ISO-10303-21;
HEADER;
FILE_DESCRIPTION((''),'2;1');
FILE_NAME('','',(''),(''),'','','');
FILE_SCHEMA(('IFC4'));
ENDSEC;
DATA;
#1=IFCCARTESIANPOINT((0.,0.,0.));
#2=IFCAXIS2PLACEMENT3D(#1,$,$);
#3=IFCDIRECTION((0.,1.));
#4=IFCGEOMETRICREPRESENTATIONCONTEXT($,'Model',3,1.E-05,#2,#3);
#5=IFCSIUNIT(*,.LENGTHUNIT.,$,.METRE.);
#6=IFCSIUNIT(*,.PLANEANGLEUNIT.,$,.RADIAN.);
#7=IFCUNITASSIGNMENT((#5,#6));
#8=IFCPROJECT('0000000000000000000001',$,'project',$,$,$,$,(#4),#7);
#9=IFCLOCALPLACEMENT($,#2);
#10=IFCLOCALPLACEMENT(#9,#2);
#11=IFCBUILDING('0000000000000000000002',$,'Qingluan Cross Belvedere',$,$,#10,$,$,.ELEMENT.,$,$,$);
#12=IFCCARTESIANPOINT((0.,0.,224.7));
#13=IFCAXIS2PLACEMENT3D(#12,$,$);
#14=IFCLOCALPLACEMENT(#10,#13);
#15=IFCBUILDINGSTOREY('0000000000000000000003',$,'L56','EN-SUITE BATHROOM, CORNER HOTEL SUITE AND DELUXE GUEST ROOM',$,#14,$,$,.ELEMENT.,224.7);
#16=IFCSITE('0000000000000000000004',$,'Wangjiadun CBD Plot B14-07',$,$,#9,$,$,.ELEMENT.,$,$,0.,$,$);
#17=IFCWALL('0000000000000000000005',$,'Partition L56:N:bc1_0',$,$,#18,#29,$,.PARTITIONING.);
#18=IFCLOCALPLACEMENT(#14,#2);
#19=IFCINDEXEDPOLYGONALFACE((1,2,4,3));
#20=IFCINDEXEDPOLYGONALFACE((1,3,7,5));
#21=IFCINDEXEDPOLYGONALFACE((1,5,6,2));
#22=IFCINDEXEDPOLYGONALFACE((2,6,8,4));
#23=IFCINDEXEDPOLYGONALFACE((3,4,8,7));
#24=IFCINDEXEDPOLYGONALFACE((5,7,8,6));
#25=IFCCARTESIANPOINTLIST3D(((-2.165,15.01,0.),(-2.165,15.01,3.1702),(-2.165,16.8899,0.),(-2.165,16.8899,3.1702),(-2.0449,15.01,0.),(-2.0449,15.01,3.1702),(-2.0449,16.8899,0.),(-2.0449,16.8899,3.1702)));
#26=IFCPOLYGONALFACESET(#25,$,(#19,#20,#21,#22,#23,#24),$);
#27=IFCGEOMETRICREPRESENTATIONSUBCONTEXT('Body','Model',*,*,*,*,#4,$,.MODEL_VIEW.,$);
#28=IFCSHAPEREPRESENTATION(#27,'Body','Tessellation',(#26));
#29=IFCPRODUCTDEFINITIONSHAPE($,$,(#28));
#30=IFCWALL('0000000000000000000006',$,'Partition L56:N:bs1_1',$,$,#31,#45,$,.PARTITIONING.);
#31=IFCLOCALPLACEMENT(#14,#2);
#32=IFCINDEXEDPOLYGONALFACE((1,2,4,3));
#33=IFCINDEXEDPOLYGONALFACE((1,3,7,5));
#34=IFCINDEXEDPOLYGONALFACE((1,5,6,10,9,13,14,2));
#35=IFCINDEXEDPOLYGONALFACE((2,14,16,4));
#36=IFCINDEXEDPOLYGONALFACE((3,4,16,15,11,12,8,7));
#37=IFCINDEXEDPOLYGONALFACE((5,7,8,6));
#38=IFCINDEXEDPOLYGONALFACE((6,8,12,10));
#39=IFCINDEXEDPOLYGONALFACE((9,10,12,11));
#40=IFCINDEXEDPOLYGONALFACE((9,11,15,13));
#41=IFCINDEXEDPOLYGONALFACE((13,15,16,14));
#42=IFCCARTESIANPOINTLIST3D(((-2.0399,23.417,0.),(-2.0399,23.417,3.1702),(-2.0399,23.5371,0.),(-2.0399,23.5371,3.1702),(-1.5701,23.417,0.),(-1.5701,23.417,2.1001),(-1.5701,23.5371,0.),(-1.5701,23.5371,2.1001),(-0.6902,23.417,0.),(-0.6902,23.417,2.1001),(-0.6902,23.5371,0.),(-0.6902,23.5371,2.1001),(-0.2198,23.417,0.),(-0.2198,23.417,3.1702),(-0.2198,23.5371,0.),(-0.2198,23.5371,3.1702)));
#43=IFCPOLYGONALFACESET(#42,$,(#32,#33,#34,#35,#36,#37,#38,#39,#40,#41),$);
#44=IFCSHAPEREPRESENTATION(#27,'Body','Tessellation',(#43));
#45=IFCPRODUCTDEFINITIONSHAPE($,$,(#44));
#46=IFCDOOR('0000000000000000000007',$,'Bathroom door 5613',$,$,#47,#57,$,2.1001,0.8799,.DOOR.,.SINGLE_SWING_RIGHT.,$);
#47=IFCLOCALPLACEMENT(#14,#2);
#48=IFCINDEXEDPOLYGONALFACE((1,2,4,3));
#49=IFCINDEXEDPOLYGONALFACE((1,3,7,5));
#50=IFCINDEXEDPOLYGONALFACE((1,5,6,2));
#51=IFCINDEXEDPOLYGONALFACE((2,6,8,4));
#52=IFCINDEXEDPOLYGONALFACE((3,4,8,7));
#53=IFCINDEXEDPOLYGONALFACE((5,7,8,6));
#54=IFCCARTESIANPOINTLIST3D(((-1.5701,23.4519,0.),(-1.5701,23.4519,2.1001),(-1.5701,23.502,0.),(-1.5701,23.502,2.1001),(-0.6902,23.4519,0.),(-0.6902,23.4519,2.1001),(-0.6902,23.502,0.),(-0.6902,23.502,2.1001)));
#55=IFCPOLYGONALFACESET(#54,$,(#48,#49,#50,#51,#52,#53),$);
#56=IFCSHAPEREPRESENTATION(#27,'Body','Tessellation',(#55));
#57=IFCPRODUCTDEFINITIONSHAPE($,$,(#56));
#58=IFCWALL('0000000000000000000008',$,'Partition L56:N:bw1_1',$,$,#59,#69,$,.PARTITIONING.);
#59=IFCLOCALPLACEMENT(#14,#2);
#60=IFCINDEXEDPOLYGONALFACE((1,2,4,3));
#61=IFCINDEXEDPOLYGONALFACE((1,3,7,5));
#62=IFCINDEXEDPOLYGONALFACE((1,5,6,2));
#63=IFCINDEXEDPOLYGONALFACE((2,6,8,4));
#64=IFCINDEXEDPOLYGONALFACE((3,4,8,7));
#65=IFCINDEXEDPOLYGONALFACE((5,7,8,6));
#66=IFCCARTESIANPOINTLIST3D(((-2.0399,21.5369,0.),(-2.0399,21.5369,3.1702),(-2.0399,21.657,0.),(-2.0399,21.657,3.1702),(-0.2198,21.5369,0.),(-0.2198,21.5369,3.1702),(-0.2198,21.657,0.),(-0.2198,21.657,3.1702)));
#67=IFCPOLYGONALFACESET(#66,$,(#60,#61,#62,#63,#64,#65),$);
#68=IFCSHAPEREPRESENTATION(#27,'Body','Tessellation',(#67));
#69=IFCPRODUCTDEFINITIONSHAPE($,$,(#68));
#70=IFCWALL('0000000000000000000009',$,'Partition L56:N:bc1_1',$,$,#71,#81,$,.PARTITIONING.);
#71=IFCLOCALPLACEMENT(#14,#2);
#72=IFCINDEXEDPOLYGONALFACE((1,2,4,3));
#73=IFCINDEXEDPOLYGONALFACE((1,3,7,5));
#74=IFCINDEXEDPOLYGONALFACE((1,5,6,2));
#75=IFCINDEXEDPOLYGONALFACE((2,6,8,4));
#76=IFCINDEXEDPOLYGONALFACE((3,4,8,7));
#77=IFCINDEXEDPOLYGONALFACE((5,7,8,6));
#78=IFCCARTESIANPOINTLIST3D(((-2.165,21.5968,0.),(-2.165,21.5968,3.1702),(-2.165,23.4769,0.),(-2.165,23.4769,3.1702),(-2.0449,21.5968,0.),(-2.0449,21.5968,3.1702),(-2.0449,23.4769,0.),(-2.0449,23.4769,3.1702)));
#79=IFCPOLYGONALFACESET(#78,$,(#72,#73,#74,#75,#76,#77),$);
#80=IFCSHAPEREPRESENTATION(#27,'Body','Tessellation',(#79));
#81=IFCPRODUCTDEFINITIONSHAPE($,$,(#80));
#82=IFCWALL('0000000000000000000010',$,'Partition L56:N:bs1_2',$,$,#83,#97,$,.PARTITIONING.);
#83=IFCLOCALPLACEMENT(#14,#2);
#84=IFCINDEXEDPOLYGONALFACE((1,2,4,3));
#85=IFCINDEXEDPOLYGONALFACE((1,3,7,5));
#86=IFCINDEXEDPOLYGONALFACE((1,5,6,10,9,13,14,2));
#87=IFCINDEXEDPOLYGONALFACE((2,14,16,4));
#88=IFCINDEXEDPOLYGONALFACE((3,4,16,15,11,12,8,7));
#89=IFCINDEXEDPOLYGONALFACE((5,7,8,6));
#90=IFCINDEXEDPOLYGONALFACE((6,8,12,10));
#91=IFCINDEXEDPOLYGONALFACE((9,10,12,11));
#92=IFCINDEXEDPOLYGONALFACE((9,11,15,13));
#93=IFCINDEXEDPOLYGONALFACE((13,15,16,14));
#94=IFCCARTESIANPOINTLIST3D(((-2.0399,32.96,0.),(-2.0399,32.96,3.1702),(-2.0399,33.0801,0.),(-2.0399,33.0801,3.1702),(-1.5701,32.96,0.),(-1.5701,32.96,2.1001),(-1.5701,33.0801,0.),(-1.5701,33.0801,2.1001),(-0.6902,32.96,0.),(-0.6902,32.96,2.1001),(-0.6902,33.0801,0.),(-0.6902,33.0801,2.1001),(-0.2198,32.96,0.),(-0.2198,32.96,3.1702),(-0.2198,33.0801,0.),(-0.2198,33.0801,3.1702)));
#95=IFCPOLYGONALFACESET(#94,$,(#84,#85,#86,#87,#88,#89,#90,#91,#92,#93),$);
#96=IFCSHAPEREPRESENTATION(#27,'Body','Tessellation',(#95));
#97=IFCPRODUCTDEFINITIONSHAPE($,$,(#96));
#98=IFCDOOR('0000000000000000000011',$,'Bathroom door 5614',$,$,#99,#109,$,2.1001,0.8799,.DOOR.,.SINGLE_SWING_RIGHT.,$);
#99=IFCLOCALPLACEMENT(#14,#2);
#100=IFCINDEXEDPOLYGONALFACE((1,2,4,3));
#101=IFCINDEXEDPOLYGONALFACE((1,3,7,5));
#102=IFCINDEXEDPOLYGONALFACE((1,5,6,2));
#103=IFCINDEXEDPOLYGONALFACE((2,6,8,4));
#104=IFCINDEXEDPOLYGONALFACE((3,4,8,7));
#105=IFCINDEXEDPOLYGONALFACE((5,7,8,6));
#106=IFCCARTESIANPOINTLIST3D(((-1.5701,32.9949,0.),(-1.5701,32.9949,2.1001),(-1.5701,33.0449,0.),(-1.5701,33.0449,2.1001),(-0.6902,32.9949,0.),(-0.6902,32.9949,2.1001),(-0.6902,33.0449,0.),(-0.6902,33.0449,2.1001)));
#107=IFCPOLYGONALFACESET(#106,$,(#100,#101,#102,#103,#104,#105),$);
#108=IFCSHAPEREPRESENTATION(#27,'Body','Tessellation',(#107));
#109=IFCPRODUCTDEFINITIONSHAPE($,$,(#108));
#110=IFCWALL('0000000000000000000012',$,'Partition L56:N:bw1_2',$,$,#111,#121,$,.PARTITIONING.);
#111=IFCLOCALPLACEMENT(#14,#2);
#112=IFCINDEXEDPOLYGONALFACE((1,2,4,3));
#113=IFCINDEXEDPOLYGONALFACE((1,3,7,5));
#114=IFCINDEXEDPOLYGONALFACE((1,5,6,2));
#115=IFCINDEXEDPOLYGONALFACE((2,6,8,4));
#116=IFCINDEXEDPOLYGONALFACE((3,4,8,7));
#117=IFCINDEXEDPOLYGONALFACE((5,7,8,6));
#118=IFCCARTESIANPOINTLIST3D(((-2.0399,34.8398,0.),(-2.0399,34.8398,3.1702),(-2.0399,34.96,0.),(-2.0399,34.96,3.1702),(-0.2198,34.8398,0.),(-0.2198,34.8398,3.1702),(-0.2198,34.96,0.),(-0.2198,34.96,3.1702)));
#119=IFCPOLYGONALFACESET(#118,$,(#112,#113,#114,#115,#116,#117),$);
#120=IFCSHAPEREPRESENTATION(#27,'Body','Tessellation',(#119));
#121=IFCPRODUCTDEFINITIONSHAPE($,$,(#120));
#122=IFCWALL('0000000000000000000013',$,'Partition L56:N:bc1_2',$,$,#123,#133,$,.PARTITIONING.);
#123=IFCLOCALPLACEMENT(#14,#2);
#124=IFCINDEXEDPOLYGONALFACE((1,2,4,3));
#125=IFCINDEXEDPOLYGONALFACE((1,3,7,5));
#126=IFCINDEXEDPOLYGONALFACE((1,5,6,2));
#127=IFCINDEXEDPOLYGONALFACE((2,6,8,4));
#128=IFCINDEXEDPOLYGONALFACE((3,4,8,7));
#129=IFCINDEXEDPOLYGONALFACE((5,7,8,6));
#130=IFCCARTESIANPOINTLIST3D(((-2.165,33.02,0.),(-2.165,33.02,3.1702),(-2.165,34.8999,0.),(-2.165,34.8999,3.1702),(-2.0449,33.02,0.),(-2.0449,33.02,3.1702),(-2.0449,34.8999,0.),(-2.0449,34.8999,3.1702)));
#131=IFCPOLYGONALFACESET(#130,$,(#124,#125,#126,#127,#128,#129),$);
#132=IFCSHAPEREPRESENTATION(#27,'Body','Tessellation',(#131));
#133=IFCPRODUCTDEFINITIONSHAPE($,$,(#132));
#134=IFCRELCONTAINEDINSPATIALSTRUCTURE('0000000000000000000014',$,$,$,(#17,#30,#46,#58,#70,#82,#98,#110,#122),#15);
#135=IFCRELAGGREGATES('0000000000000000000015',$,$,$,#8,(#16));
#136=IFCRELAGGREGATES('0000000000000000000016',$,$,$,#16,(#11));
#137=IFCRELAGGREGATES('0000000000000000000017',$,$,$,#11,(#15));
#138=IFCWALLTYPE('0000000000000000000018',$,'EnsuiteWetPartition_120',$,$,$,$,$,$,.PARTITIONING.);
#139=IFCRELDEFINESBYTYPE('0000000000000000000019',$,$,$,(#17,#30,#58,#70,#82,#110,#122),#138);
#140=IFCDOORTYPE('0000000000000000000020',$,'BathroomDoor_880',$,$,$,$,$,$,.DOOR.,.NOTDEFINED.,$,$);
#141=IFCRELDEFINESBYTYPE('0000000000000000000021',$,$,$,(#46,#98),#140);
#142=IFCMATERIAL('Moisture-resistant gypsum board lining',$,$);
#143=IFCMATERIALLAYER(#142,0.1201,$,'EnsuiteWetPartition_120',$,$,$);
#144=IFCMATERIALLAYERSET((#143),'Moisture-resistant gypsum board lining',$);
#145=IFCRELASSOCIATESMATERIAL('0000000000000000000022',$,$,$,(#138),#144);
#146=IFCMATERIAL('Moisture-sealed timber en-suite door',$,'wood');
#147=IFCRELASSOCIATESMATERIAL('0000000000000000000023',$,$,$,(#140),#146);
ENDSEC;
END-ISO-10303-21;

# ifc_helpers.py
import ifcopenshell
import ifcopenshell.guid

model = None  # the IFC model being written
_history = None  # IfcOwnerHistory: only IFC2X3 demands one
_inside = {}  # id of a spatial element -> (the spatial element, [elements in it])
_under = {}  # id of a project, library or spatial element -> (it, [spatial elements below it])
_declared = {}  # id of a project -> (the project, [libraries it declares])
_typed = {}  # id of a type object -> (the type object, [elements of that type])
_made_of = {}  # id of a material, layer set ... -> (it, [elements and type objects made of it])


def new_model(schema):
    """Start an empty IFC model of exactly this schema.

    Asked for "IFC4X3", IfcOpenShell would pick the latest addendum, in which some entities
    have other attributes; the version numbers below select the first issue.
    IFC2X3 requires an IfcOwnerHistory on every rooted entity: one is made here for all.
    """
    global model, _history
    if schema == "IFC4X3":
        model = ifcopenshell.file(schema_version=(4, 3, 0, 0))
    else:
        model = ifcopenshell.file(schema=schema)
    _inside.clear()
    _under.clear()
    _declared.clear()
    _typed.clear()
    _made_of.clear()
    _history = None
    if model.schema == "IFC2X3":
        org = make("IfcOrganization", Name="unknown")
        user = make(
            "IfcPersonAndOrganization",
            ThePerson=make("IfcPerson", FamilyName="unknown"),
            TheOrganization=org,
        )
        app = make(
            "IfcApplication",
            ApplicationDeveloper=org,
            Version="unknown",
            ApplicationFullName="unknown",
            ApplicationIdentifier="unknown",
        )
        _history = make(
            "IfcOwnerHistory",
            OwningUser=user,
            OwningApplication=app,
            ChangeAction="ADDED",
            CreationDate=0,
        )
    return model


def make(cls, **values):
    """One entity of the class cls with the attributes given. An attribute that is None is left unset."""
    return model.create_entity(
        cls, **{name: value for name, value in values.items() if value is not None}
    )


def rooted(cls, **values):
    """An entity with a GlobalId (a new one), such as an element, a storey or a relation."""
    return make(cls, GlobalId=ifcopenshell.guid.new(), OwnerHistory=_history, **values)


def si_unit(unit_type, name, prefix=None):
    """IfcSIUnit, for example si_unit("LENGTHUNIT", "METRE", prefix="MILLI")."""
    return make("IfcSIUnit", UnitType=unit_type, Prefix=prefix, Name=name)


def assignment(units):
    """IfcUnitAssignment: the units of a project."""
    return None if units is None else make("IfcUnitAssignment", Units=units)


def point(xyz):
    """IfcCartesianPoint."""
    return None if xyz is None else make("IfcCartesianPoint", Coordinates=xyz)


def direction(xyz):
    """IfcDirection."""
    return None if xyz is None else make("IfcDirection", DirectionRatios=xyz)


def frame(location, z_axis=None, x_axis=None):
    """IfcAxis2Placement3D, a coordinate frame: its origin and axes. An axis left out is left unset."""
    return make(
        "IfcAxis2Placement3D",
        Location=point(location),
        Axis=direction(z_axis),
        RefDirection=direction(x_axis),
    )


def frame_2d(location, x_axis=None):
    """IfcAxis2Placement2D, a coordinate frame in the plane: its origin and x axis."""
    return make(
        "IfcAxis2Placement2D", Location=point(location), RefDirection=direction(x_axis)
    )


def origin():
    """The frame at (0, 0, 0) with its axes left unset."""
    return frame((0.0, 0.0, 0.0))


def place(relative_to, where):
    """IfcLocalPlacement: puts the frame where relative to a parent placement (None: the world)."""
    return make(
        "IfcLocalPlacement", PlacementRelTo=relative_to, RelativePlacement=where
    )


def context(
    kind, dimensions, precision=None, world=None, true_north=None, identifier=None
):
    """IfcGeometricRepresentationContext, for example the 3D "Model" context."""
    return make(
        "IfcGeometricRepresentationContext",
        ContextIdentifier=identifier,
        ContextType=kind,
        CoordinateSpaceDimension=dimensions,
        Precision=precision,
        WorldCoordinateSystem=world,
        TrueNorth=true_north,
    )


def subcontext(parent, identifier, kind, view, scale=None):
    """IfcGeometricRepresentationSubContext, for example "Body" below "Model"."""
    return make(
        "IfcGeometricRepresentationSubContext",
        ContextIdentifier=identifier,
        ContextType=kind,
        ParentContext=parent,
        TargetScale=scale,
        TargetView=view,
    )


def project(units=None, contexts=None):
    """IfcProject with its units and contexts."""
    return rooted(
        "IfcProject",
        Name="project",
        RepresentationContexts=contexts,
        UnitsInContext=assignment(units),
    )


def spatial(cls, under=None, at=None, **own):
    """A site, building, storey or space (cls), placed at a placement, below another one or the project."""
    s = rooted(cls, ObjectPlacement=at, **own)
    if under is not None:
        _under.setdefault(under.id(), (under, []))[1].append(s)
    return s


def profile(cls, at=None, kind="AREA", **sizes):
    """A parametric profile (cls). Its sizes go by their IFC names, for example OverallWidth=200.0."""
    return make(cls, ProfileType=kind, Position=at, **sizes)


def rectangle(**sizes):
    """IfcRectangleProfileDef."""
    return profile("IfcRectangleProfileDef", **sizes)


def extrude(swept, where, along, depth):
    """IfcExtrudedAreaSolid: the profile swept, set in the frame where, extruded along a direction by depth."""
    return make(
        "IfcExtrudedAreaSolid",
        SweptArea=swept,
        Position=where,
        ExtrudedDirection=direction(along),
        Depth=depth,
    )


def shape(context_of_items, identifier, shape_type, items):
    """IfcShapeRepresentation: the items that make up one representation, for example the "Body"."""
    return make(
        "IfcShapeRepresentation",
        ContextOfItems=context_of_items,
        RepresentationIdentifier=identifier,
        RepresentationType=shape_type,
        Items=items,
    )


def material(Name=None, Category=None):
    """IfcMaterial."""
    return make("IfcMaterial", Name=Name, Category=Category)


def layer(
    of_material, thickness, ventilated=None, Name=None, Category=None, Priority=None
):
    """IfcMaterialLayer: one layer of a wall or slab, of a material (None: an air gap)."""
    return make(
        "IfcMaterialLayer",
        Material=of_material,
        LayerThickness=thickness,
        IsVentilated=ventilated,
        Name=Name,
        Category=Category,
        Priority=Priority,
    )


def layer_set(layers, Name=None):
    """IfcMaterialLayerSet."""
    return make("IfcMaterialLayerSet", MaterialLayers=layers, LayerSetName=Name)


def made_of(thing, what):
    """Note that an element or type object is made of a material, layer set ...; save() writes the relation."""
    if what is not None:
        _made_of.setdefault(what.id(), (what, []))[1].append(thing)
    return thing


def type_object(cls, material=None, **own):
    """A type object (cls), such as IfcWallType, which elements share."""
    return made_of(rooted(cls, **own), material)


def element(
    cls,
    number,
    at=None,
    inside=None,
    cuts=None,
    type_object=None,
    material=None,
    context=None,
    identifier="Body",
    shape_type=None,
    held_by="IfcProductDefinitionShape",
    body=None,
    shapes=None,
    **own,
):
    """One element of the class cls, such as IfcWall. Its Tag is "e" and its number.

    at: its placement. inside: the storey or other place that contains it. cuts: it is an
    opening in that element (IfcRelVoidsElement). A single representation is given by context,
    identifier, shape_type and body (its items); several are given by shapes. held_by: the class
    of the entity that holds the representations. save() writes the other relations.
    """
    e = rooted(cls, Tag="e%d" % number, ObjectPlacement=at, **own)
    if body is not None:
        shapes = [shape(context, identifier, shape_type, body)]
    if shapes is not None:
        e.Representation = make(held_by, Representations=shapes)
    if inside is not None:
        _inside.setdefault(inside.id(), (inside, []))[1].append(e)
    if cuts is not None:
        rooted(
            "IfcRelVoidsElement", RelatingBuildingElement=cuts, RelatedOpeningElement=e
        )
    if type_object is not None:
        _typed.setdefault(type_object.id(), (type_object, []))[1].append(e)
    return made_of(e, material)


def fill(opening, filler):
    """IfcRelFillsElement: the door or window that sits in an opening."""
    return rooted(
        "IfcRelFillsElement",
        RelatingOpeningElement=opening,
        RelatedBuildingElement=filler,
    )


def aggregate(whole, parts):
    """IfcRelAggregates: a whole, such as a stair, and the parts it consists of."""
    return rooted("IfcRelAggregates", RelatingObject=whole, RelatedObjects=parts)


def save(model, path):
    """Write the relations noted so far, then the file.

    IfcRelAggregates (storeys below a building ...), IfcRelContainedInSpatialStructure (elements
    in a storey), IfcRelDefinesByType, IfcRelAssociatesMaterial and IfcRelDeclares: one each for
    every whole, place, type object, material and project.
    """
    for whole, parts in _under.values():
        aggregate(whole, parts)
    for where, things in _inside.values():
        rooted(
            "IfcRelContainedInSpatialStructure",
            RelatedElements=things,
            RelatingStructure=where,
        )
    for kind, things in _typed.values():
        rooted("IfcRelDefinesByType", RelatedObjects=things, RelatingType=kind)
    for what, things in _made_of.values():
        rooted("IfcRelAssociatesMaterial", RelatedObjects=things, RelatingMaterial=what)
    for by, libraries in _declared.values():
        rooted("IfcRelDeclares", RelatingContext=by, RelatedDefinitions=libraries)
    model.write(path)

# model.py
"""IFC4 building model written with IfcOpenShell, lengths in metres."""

from ifc_helpers import new_model, si_unit, direction, frame, frame_2d, origin, place, context, subcontext, project, spatial, rectangle, extrude, material, layer, layer_set, type_object, element, fill, save


model = new_model("IFC4")

# Units and contexts
model_context = context("Model", 3, precision=1e-05, world=origin(), true_north=direction((0.0, 1.0)))
body_context = subcontext(model_context, "Body", "Model", "MODEL_VIEW")
ifc_project = project(units=[si_unit("LENGTHUNIT", "METRE"), si_unit("PLANEANGLEUNIT", "RADIAN")], contexts=[model_context])

# Site, building, storey
site_placement = place(None, origin())
site = spatial("IfcSite", under=ifc_project, at=site_placement, Name="Wangjiadun CBD Plot B14-07", CompositionType="ELEMENT", RefElevation=0.0)
building_placement = place(site_placement, origin())
building = spatial("IfcBuilding", under=site, at=building_placement, Name="Qingluan Cross Belvedere", CompositionType="ELEMENT")
storey_placement = place(building_placement, frame((0.0, 0.0, 224.7)))
storey = spatial("IfcBuildingStorey", under=building, at=storey_placement, Name="L56", Description="EN-SUITE BATHROOM, CORNER HOTEL SUITE AND DELUXE GUEST ROOM", CompositionType="ELEMENT", Elevation=224.7)

# Shared definitions
ifc_material_1 = material(Name="Moisture-resistant gypsum board lining")
ifc_layer_1 = layer(ifc_material_1, 0.1201, Name="EnsuiteWetPartition_120")
ifc_layer_set_1 = layer_set([ifc_layer_1], Name="Moisture-resistant gypsum board lining")
wall_type_1 = type_object("IfcWallType", Name="EnsuiteWetPartition_120", PredefinedType="PARTITIONING", material=ifc_layer_set_1)
ifc_material_2 = material(Name="Moisture-sealed timber en-suite door", Category="wood")
door_type = type_object("IfcDoorType", Name="BathroomDoor_880", OperationType="NOTDEFINED", PredefinedType="DOOR", material=ifc_material_2)

# Wall
wall_1_placement = place(storey_placement, frame((-2.105, 15.01, 0.0), z_axis=(0.0, 0.0, 1.0), x_axis=(0.0, 1.0, 0.0)))
element("IfcWall", 1, at=wall_1_placement, inside=storey, type_object=wall_type_1, Name="Partition L56:N:bc1_0", PredefinedType="PARTITIONING", context=body_context, shape_type="SweptSolid", body=[
    extrude(rectangle(XDim=1.8799, YDim=0.1201, at=frame_2d((0.9399, 0.0))), origin(), (0.0, 0.0, 1.0), 3.1702),
])

# Wall, opening, door
wall_2_placement = place(storey_placement, frame((-2.04, 23.4771, 0.0), z_axis=(0.0, 0.0, 1.0), x_axis=(1.0, 0.0, 0.0)))
wall_2 = element("IfcWall", 2, at=wall_2_placement, inside=storey, type_object=wall_type_1, Name="Partition L56:N:bs1_1", PredefinedType="PARTITIONING", context=body_context, shape_type="SweptSolid", body=[
    extrude(rectangle(XDim=1.8201, YDim=0.1201, at=frame_2d((0.9102, 0.0))), origin(), (0.0, 0.0, 1.0), 3.1702),
])
opening_1_placement = place(wall_2_placement, frame((0.47, 0.0, 0.0)))
opening_1 = element("IfcOpeningElement", 3, at=opening_1_placement, cuts=wall_2, PredefinedType="OPENING", context=body_context, shape_type="SweptSolid", body=[
    extrude(rectangle(XDim=0.8799, YDim=2.1001, at=frame_2d((0.4399, 1.05))), frame((0.0, 0.0701, 0.0), z_axis=(0.0, -1.0, 0.0), x_axis=(1.0, 0.0, 0.0)), (0.0, 0.0, 1.0), 0.1401),
])
door_1_placement = place(opening_1_placement, origin())
door_1 = element("IfcDoor", 4, at=door_1_placement, inside=storey, type_object=door_type, Name="Bathroom door 5613", OperationType="SINGLE_SWING_RIGHT", OverallHeight=2.1001, OverallWidth=0.8799, PredefinedType="DOOR", context=body_context, shape_type="SweptSolid", body=[
    extrude(rectangle(XDim=0.8799, YDim=2.1001, at=frame_2d((0.4399, 1.05))), frame((0.0, 0.0249, 0.0), z_axis=(0.0, -1.0, 0.0), x_axis=(1.0, 0.0, 0.0)), (0.0, 0.0, 1.0), 0.05),
])
fill(opening_1, door_1)

# Walls
wall_3_placement = place(storey_placement, frame((-2.04, 21.5969, 0.0), z_axis=(0.0, 0.0, 1.0), x_axis=(1.0, 0.0, 0.0)))
element("IfcWall", 5, at=wall_3_placement, inside=storey, type_object=wall_type_1, Name="Partition L56:N:bw1_1", PredefinedType="PARTITIONING", context=body_context, shape_type="SweptSolid", body=[
    extrude(rectangle(XDim=1.8201, YDim=0.1201, at=frame_2d((0.9102, 0.0))), origin(), (0.0, 0.0, 1.0), 3.1702),
])
wall_4_placement = place(storey_placement, frame((-2.105, 21.5969, 0.0), z_axis=(0.0, 0.0, 1.0), x_axis=(0.0, 1.0, 0.0)))
element("IfcWall", 6, at=wall_4_placement, inside=storey, type_object=wall_type_1, Name="Partition L56:N:bc1_1", PredefinedType="PARTITIONING", context=body_context, shape_type="SweptSolid", body=[
    extrude(rectangle(XDim=1.8801, YDim=0.1201, at=frame_2d((0.9399, 0.0))), origin(), (0.0, 0.0, 1.0), 3.1702),
])

# Wall, opening, door
wall_5_placement = place(storey_placement, frame((-2.04, 33.02, 0.0), z_axis=(0.0, 0.0, 1.0), x_axis=(1.0, 0.0, 0.0)))
wall_5 = element("IfcWall", 7, at=wall_5_placement, inside=storey, type_object=wall_type_1, Name="Partition L56:N:bs1_2", PredefinedType="PARTITIONING", context=body_context, shape_type="SweptSolid", body=[
    extrude(rectangle(XDim=1.8201, YDim=0.1201, at=frame_2d((0.9102, 0.0))), origin(), (0.0, 0.0, 1.0), 3.1702),
])
opening_2_placement = place(wall_5_placement, frame((0.47, 0.0, 0.0)))
opening_2 = element("IfcOpeningElement", 8, at=opening_2_placement, cuts=wall_5, PredefinedType="OPENING", context=body_context, shape_type="SweptSolid", body=[
    extrude(rectangle(XDim=0.8799, YDim=2.1001, at=frame_2d((0.4399, 1.05))), frame((0.0, 0.0701, 0.0), z_axis=(0.0, -1.0, 0.0), x_axis=(1.0, 0.0, 0.0)), (0.0, 0.0, 1.0), 0.1401),
])
door_2_placement = place(opening_2_placement, origin())
door_2 = element("IfcDoor", 9, at=door_2_placement, inside=storey, type_object=door_type, Name="Bathroom door 5614", OperationType="SINGLE_SWING_RIGHT", OverallHeight=2.1001, OverallWidth=0.8799, PredefinedType="DOOR", context=body_context, shape_type="SweptSolid", body=[
    extrude(rectangle(XDim=0.8799, YDim=2.1001, at=frame_2d((0.4399, 1.05))), frame((0.0, 0.0249, 0.0), z_axis=(0.0, -1.0, 0.0), x_axis=(1.0, 0.0, 0.0)), (0.0, 0.0, 1.0), 0.05),
])
fill(opening_2, door_2)

# Walls
wall_6_placement = place(storey_placement, frame((-2.04, 34.8999, 0.0), z_axis=(0.0, 0.0, 1.0), x_axis=(1.0, 0.0, 0.0)))
element("IfcWall", 10, at=wall_6_placement, inside=storey, type_object=wall_type_1, Name="Partition L56:N:bw1_2", PredefinedType="PARTITIONING", context=body_context, shape_type="SweptSolid", body=[
    extrude(rectangle(XDim=1.8201, YDim=0.1201, at=frame_2d((0.9102, 0.0))), origin(), (0.0, 0.0, 1.0), 3.1702),
])
wall_7_placement = place(storey_placement, frame((-2.105, 33.02, 0.0), z_axis=(0.0, 0.0, 1.0), x_axis=(0.0, 1.0, 0.0)))
element("IfcWall", 11, at=wall_7_placement, inside=storey, type_object=wall_type_1, Name="Partition L56:N:bc1_2", PredefinedType="PARTITIONING", context=body_context, shape_type="SweptSolid", body=[
    extrude(rectangle(XDim=1.8799, YDim=0.1201, at=frame_2d((0.9399, 0.0))), origin(), (0.0, 0.0, 1.0), 3.1702),
])

save(model, "model.ifc")
